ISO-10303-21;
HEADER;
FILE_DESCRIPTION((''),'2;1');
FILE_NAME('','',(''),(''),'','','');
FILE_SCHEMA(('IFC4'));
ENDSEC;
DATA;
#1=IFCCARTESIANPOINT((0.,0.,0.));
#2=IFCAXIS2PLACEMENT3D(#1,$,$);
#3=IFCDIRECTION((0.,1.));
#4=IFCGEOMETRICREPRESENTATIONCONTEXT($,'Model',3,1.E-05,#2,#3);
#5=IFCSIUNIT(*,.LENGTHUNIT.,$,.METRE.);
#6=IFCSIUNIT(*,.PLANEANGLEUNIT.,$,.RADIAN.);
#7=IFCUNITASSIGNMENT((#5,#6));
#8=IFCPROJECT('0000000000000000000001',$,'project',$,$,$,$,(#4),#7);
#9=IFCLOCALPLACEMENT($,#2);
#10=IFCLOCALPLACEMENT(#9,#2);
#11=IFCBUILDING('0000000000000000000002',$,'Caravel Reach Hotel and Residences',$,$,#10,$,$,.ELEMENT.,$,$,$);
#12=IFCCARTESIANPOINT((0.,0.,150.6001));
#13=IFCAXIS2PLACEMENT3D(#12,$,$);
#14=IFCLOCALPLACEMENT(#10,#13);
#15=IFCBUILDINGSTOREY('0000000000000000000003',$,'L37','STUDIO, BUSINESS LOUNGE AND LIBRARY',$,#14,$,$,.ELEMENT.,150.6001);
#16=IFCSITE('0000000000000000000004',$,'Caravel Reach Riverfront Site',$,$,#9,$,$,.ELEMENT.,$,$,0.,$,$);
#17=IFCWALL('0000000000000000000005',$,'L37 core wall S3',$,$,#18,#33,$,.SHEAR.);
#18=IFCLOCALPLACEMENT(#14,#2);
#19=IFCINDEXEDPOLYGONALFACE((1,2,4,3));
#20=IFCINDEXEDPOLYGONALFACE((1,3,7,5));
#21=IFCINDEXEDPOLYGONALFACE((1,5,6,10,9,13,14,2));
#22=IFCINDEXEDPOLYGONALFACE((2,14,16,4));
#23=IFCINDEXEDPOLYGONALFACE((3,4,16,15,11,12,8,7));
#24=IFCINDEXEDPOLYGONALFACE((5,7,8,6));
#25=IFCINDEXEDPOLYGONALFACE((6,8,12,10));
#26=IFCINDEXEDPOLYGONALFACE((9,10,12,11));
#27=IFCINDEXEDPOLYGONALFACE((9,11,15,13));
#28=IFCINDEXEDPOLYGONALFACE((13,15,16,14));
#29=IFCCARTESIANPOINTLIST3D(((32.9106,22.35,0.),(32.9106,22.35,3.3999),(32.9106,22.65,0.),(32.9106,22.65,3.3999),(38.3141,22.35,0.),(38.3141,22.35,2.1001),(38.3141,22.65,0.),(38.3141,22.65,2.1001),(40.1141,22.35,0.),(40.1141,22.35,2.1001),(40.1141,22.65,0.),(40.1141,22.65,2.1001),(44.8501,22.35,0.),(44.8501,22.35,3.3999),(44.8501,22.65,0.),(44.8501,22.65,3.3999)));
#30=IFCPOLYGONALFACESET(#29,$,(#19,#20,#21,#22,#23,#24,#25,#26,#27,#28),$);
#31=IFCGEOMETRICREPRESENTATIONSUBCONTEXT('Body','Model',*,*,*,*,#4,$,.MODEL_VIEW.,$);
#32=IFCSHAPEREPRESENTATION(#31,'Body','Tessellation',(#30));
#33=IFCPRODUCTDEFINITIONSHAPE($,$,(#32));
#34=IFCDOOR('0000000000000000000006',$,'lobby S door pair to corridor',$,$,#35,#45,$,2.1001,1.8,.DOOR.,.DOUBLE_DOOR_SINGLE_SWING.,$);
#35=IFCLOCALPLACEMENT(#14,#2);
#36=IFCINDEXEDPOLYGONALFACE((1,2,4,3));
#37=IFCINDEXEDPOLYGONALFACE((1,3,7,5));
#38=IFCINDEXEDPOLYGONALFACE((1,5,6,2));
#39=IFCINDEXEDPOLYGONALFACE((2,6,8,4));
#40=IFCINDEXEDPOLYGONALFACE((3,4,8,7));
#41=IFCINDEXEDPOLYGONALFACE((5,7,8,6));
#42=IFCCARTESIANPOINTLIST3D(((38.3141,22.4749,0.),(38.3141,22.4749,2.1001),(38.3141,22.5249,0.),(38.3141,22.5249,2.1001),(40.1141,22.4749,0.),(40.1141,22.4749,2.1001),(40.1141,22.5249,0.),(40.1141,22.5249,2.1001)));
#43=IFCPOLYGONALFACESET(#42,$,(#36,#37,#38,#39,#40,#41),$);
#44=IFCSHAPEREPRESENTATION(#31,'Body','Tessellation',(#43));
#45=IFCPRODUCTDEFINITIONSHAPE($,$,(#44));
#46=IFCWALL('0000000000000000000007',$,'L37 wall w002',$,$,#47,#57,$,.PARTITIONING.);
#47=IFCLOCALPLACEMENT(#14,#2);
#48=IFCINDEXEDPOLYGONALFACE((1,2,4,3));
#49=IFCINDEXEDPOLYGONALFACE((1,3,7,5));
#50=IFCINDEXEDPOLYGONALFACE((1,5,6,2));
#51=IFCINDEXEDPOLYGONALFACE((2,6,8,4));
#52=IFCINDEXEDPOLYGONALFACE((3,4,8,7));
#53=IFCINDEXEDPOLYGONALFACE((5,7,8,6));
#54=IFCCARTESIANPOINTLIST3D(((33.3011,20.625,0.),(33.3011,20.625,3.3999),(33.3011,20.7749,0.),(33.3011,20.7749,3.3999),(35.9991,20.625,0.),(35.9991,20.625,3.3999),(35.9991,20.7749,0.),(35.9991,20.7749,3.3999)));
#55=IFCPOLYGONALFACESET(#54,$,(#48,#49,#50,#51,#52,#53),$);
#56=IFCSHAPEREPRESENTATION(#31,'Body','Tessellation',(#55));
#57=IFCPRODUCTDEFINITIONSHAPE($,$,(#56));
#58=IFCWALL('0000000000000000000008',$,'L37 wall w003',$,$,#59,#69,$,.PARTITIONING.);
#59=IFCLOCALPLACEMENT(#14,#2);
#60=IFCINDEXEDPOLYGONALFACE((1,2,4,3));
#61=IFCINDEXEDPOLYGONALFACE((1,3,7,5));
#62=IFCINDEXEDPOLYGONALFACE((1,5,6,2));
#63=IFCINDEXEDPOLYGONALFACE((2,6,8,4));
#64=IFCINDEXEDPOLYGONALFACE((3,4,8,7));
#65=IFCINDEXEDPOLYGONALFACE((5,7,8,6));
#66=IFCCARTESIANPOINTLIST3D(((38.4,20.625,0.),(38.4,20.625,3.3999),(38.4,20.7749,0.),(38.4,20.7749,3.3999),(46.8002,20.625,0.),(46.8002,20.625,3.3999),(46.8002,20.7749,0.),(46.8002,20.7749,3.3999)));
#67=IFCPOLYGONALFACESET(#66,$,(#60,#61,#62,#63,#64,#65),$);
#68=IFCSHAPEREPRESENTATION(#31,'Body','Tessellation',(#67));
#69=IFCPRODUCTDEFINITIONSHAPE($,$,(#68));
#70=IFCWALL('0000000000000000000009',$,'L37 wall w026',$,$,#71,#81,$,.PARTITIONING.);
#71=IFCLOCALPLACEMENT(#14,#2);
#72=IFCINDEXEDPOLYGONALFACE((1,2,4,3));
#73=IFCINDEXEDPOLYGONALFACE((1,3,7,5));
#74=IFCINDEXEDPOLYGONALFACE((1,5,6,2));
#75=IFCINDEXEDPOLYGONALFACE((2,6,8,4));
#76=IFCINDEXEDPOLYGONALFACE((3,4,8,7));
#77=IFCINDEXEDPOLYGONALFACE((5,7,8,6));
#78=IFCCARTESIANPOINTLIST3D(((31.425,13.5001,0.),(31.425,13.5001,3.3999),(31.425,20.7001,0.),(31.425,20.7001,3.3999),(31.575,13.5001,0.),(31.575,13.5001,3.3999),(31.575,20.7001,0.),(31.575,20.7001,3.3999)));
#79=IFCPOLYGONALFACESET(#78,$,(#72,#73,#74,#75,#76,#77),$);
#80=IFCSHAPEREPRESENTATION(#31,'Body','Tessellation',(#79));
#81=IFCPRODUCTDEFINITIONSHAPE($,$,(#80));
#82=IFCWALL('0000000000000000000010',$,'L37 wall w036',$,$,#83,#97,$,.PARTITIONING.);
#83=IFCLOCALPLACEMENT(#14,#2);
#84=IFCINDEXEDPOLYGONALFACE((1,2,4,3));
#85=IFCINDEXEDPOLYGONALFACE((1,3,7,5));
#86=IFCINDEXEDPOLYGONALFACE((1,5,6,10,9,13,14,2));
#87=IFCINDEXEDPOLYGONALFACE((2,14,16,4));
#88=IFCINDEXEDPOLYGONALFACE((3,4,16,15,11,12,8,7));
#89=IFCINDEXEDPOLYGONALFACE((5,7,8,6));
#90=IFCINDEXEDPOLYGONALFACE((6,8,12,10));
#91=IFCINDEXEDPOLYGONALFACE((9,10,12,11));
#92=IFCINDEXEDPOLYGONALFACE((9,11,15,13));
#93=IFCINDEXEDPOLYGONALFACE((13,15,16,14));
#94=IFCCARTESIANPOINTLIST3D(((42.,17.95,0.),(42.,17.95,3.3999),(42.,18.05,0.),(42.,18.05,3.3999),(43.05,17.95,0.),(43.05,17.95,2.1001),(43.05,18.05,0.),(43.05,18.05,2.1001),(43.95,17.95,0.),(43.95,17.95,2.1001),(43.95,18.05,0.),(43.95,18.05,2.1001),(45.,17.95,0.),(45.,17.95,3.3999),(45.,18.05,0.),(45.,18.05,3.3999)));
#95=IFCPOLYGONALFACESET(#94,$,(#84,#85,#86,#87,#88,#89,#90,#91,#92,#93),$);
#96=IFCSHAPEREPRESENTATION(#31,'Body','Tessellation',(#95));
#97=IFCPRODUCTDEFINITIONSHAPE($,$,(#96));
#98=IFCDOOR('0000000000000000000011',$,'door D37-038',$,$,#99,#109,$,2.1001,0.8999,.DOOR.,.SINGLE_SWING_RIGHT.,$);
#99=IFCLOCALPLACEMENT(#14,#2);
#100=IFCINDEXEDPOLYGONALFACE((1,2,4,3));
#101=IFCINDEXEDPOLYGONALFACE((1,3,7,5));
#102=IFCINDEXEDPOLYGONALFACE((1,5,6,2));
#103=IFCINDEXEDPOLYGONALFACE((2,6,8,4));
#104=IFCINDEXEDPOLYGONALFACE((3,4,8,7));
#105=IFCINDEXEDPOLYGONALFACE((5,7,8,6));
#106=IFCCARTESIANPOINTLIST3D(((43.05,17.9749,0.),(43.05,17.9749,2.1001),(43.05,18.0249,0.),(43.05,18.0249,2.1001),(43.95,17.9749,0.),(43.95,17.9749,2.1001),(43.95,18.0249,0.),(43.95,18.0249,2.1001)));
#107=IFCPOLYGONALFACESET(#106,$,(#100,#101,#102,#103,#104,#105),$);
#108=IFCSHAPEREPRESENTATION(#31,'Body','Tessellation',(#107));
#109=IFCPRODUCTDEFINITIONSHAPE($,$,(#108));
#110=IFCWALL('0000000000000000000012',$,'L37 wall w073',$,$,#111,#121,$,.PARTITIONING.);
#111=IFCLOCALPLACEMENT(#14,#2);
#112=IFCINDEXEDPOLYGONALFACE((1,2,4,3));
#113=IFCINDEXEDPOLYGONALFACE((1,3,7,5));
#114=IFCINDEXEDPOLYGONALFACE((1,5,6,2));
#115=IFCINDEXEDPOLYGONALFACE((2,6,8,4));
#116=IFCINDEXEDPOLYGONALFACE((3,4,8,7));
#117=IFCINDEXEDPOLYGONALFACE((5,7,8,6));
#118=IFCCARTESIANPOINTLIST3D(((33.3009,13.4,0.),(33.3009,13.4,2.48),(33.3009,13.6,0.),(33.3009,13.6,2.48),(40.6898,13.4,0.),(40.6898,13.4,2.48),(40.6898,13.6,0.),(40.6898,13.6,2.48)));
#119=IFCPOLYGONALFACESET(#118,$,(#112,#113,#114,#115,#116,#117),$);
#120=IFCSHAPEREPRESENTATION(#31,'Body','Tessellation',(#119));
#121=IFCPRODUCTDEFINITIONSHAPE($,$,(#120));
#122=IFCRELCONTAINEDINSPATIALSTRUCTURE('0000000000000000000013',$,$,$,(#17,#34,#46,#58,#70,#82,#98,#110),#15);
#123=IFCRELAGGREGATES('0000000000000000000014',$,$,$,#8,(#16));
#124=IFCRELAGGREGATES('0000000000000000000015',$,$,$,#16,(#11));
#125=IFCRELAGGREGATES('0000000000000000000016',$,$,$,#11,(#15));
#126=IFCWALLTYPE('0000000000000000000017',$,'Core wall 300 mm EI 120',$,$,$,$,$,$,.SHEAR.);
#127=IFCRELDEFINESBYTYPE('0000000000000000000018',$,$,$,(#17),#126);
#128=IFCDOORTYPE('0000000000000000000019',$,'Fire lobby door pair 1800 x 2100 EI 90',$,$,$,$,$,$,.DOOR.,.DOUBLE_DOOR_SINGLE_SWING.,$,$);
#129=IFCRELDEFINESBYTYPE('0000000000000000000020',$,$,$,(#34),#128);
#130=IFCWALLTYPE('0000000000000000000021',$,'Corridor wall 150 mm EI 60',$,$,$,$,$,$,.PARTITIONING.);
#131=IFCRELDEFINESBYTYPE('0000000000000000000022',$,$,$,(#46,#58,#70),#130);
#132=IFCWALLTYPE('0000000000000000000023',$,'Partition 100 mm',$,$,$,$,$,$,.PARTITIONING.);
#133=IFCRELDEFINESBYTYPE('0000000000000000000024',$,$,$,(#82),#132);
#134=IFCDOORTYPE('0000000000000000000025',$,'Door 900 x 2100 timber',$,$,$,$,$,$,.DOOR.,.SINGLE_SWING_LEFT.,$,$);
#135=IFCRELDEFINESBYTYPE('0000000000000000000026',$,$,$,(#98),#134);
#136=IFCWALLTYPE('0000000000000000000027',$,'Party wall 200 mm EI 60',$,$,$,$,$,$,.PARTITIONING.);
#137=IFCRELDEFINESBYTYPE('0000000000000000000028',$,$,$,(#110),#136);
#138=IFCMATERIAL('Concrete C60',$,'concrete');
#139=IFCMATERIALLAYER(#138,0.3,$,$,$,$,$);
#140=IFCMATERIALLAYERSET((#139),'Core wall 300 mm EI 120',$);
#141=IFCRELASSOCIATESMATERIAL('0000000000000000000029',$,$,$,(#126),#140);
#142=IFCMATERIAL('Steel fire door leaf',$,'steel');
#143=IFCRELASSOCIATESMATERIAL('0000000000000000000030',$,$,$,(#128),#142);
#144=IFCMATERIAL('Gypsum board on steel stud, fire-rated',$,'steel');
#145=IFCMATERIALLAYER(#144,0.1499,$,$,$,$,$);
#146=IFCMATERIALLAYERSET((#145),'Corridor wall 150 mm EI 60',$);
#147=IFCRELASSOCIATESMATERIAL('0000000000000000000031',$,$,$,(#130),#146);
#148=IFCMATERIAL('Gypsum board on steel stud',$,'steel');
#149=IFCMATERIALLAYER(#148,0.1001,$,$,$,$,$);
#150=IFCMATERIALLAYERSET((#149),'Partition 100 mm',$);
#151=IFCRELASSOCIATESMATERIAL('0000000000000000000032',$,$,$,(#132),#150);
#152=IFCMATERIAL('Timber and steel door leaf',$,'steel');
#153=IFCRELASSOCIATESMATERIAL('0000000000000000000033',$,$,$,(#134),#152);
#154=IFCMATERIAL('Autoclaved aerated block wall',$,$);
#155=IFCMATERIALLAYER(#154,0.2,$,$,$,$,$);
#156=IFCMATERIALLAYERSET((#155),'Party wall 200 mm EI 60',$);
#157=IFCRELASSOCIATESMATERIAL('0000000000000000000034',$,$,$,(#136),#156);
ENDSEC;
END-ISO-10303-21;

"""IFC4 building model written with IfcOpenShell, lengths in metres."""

from ifc_helpers import new_model, si_unit, direction, frame, frame_2d, origin, place, context, subcontext, project, spatial, rectangle, extrude, material, layer, layer_set, type_object, element, fill, save


model = new_model("IFC4")

# Units and contexts
model_context = context("Model", 3, precision=1e-05, world=origin(), true_north=direction((0.0, 1.0)))
body_context = subcontext(model_context, "Body", "Model", "MODEL_VIEW")
ifc_project = project(units=[si_unit("LENGTHUNIT", "METRE"), si_unit("PLANEANGLEUNIT", "RADIAN")], contexts=[model_context])

# Site, building, storey
site_placement = place(None, origin())
site = spatial("IfcSite", under=ifc_project, at=site_placement, Name="Caravel Reach Riverfront Site", CompositionType="ELEMENT", RefElevation=0.0)
building_placement = place(site_placement, origin())
building = spatial("IfcBuilding", under=site, at=building_placement, Name="Caravel Reach Hotel and Residences", CompositionType="ELEMENT")
storey_placement = place(building_placement, frame((0.0, 0.0, 150.6001)))
storey = spatial("IfcBuildingStorey", under=building, at=storey_placement, Name="L37", Description="STUDIO, BUSINESS LOUNGE AND LIBRARY", CompositionType="ELEMENT", Elevation=150.6001)

# Wall, opening, door
ifc_material_1 = material(Name="Concrete C60", Category="concrete")
ifc_layer_1 = layer(ifc_material_1, 0.3)
ifc_layer_set_1 = layer_set([ifc_layer_1], Name="Core wall 300 mm EI 120")
wall_type_1 = type_object("IfcWallType", Name="Core wall 300 mm EI 120", PredefinedType="SHEAR", material=ifc_layer_set_1)
wall_1_placement = place(storey_placement, frame((32.9106, 22.5, 0.0), z_axis=(0.0, 0.0, 1.0), x_axis=(1.0, 0.0, 0.0)))
wall_1 = element("IfcWall", 1, at=wall_1_placement, inside=storey, type_object=wall_type_1, Name="L37 core wall S3", PredefinedType="SHEAR", context=body_context, shape_type="SweptSolid", body=[
    extrude(rectangle(XDim=11.9395, YDim=0.3, at=frame_2d((5.9697, 0.0))), origin(), (0.0, 0.0, 1.0), 3.3999),
])
opening_1_placement = place(wall_1_placement, frame((5.4036, 0.0, 0.0)))
opening_1 = element("IfcOpeningElement", 2, at=opening_1_placement, cuts=wall_1, PredefinedType="OPENING", context=body_context, shape_type="SweptSolid", body=[
    extrude(rectangle(XDim=1.8, YDim=2.1001, at=frame_2d((0.8999, 1.05))), frame((0.0, 0.1599, 0.0), z_axis=(0.0, -1.0, 0.0), x_axis=(1.0, 0.0, 0.0)), (0.0, 0.0, 1.0), 0.3201),
])
ifc_material_2 = material(Name="Steel fire door leaf", Category="steel")
door_type_1 = type_object("IfcDoorType", Name="Fire lobby door pair 1800 x 2100 EI 90", OperationType="DOUBLE_DOOR_SINGLE_SWING", PredefinedType="DOOR", material=ifc_material_2)
door_1_placement = place(opening_1_placement, origin())
door_1 = element("IfcDoor", 3, at=door_1_placement, inside=storey, type_object=door_type_1, Name="lobby S door pair to corridor", OperationType="DOUBLE_DOOR_SINGLE_SWING", OverallHeight=2.1001, OverallWidth=1.8, PredefinedType="DOOR", context=body_context, shape_type="SweptSolid", body=[
    extrude(rectangle(XDim=1.8, YDim=2.1001, at=frame_2d((0.8999, 1.05))), frame((0.0, 0.0249, 0.0), z_axis=(0.0, -1.0, 0.0), x_axis=(1.0, 0.0, 0.0)), (0.0, 0.0, 1.0), 0.05),
])
fill(opening_1, door_1)

# Walls
ifc_material_3 = material(Name="Gypsum board on steel stud, fire-rated", Category="steel")
ifc_layer_2 = layer(ifc_material_3, 0.1499)
ifc_layer_set_2 = layer_set([ifc_layer_2], Name="Corridor wall 150 mm EI 60")
wall_type_2 = type_object("IfcWallType", Name="Corridor wall 150 mm EI 60", PredefinedType="PARTITIONING", material=ifc_layer_set_2)
wall_2_placement = place(storey_placement, frame((33.301, 20.7, 0.0), z_axis=(0.0, 0.0, 1.0), x_axis=(1.0, 0.0, 0.0)))
element("IfcWall", 4, at=wall_2_placement, inside=storey, type_object=wall_type_2, Name="L37 wall w002", PredefinedType="PARTITIONING", context=body_context, shape_type="SweptSolid", body=[
    extrude(rectangle(XDim=2.698, YDim=0.1499, at=frame_2d((1.3491, 0.0))), origin(), (0.0, 0.0, 1.0), 3.3999),
])
wall_3_placement = place(storey_placement, frame((38.3999, 20.7, 0.0), z_axis=(0.0, 0.0, 1.0), x_axis=(1.0, 0.0, 0.0)))
element("IfcWall", 5, at=wall_3_placement, inside=storey, type_object=wall_type_2, Name="L37 wall w003", PredefinedType="PARTITIONING", context=body_context, shape_type="SweptSolid", body=[
    extrude(rectangle(XDim=8.4001, YDim=0.1499, at=frame_2d((4.2002, 0.0))), origin(), (0.0, 0.0, 1.0), 3.3999),
])
wall_4_placement = place(storey_placement, frame((31.5, 13.5, 0.0), z_axis=(0.0, 0.0, 1.0), x_axis=(0.0, 1.0, 0.0)))
element("IfcWall", 6, at=wall_4_placement, inside=storey, type_object=wall_type_2, Name="L37 wall w026", PredefinedType="PARTITIONING", context=body_context, shape_type="SweptSolid", body=[
    extrude(rectangle(XDim=7.2, YDim=0.1499, at=frame_2d((3.6001, 0.0))), origin(), (0.0, 0.0, 1.0), 3.3999),
])

# Wall, opening, door
ifc_material_4 = material(Name="Gypsum board on steel stud", Category="steel")
ifc_layer_3 = layer(ifc_material_4, 0.1001)
ifc_layer_set_3 = layer_set([ifc_layer_3], Name="Partition 100 mm")
wall_type_3 = type_object("IfcWallType", Name="Partition 100 mm", PredefinedType="PARTITIONING", material=ifc_layer_set_3)
wall_5_placement = place(storey_placement, frame((42.0, 18.0, 0.0), z_axis=(0.0, 0.0, 1.0), x_axis=(1.0, 0.0, 0.0)))
wall_5 = element("IfcWall", 7, at=wall_5_placement, inside=storey, type_object=wall_type_3, Name="L37 wall w036", PredefinedType="PARTITIONING", context=body_context, shape_type="SweptSolid", body=[
    extrude(rectangle(XDim=3.0, YDim=0.1001, at=frame_2d((1.5, 0.0))), origin(), (0.0, 0.0, 1.0), 3.3999),
])
opening_2_placement = place(wall_5_placement, frame((1.05, 0.0, 0.0)))
opening_2 = element("IfcOpeningElement", 8, at=opening_2_placement, cuts=wall_5, PredefinedType="OPENING", context=body_context, shape_type="SweptSolid", body=[
    extrude(rectangle(XDim=0.8999, YDim=2.1001, at=frame_2d((0.45, 1.05))), frame((0.0, 0.0601, 0.0), z_axis=(0.0, -1.0, 0.0), x_axis=(1.0, 0.0, 0.0)), (0.0, 0.0, 1.0), 0.1201),
])
ifc_material_5 = material(Name="Timber and steel door leaf", Category="steel")
door_type_2 = type_object("IfcDoorType", Name="Door 900 x 2100 timber", OperationType="SINGLE_SWING_LEFT", PredefinedType="DOOR", material=ifc_material_5)
door_2_placement = place(opening_2_placement, origin())
door_2 = element("IfcDoor", 9, at=door_2_placement, inside=storey, type_object=door_type_2, Name="door D37-038", OperationType="SINGLE_SWING_RIGHT", OverallHeight=2.1001, OverallWidth=0.8999, PredefinedType="DOOR", context=body_context, shape_type="SweptSolid", body=[
    extrude(rectangle(XDim=0.8999, YDim=2.1001, at=frame_2d((0.45, 1.05))), frame((0.0, 0.0249, 0.0), z_axis=(0.0, -1.0, 0.0), x_axis=(1.0, 0.0, 0.0)), (0.0, 0.0, 1.0), 0.05),
])
fill(opening_2, door_2)

# Wall
ifc_material_6 = material(Name="Autoclaved aerated block wall")
ifc_layer_4 = layer(ifc_material_6, 0.2)
ifc_layer_set_4 = layer_set([ifc_layer_4], Name="Party wall 200 mm EI 60")
wall_type_4 = type_object("IfcWallType", Name="Party wall 200 mm EI 60", PredefinedType="PARTITIONING", material=ifc_layer_set_4)
wall_6_placement = place(storey_placement, frame((33.301, 13.5, 0.0), z_axis=(0.0, 0.0, 1.0), x_axis=(1.0, 0.0, 0.0)))
element("IfcWall", 10, at=wall_6_placement, inside=storey, type_object=wall_type_4, Name="L37 wall w073", PredefinedType="PARTITIONING", context=body_context, shape_type="SweptSolid", body=[
    extrude(rectangle(XDim=7.3889, YDim=0.2, at=frame_2d((3.6943, 0.0))), origin(), (0.0, 0.0, 1.0), 2.48),
])

save(model, "model.ifc")
